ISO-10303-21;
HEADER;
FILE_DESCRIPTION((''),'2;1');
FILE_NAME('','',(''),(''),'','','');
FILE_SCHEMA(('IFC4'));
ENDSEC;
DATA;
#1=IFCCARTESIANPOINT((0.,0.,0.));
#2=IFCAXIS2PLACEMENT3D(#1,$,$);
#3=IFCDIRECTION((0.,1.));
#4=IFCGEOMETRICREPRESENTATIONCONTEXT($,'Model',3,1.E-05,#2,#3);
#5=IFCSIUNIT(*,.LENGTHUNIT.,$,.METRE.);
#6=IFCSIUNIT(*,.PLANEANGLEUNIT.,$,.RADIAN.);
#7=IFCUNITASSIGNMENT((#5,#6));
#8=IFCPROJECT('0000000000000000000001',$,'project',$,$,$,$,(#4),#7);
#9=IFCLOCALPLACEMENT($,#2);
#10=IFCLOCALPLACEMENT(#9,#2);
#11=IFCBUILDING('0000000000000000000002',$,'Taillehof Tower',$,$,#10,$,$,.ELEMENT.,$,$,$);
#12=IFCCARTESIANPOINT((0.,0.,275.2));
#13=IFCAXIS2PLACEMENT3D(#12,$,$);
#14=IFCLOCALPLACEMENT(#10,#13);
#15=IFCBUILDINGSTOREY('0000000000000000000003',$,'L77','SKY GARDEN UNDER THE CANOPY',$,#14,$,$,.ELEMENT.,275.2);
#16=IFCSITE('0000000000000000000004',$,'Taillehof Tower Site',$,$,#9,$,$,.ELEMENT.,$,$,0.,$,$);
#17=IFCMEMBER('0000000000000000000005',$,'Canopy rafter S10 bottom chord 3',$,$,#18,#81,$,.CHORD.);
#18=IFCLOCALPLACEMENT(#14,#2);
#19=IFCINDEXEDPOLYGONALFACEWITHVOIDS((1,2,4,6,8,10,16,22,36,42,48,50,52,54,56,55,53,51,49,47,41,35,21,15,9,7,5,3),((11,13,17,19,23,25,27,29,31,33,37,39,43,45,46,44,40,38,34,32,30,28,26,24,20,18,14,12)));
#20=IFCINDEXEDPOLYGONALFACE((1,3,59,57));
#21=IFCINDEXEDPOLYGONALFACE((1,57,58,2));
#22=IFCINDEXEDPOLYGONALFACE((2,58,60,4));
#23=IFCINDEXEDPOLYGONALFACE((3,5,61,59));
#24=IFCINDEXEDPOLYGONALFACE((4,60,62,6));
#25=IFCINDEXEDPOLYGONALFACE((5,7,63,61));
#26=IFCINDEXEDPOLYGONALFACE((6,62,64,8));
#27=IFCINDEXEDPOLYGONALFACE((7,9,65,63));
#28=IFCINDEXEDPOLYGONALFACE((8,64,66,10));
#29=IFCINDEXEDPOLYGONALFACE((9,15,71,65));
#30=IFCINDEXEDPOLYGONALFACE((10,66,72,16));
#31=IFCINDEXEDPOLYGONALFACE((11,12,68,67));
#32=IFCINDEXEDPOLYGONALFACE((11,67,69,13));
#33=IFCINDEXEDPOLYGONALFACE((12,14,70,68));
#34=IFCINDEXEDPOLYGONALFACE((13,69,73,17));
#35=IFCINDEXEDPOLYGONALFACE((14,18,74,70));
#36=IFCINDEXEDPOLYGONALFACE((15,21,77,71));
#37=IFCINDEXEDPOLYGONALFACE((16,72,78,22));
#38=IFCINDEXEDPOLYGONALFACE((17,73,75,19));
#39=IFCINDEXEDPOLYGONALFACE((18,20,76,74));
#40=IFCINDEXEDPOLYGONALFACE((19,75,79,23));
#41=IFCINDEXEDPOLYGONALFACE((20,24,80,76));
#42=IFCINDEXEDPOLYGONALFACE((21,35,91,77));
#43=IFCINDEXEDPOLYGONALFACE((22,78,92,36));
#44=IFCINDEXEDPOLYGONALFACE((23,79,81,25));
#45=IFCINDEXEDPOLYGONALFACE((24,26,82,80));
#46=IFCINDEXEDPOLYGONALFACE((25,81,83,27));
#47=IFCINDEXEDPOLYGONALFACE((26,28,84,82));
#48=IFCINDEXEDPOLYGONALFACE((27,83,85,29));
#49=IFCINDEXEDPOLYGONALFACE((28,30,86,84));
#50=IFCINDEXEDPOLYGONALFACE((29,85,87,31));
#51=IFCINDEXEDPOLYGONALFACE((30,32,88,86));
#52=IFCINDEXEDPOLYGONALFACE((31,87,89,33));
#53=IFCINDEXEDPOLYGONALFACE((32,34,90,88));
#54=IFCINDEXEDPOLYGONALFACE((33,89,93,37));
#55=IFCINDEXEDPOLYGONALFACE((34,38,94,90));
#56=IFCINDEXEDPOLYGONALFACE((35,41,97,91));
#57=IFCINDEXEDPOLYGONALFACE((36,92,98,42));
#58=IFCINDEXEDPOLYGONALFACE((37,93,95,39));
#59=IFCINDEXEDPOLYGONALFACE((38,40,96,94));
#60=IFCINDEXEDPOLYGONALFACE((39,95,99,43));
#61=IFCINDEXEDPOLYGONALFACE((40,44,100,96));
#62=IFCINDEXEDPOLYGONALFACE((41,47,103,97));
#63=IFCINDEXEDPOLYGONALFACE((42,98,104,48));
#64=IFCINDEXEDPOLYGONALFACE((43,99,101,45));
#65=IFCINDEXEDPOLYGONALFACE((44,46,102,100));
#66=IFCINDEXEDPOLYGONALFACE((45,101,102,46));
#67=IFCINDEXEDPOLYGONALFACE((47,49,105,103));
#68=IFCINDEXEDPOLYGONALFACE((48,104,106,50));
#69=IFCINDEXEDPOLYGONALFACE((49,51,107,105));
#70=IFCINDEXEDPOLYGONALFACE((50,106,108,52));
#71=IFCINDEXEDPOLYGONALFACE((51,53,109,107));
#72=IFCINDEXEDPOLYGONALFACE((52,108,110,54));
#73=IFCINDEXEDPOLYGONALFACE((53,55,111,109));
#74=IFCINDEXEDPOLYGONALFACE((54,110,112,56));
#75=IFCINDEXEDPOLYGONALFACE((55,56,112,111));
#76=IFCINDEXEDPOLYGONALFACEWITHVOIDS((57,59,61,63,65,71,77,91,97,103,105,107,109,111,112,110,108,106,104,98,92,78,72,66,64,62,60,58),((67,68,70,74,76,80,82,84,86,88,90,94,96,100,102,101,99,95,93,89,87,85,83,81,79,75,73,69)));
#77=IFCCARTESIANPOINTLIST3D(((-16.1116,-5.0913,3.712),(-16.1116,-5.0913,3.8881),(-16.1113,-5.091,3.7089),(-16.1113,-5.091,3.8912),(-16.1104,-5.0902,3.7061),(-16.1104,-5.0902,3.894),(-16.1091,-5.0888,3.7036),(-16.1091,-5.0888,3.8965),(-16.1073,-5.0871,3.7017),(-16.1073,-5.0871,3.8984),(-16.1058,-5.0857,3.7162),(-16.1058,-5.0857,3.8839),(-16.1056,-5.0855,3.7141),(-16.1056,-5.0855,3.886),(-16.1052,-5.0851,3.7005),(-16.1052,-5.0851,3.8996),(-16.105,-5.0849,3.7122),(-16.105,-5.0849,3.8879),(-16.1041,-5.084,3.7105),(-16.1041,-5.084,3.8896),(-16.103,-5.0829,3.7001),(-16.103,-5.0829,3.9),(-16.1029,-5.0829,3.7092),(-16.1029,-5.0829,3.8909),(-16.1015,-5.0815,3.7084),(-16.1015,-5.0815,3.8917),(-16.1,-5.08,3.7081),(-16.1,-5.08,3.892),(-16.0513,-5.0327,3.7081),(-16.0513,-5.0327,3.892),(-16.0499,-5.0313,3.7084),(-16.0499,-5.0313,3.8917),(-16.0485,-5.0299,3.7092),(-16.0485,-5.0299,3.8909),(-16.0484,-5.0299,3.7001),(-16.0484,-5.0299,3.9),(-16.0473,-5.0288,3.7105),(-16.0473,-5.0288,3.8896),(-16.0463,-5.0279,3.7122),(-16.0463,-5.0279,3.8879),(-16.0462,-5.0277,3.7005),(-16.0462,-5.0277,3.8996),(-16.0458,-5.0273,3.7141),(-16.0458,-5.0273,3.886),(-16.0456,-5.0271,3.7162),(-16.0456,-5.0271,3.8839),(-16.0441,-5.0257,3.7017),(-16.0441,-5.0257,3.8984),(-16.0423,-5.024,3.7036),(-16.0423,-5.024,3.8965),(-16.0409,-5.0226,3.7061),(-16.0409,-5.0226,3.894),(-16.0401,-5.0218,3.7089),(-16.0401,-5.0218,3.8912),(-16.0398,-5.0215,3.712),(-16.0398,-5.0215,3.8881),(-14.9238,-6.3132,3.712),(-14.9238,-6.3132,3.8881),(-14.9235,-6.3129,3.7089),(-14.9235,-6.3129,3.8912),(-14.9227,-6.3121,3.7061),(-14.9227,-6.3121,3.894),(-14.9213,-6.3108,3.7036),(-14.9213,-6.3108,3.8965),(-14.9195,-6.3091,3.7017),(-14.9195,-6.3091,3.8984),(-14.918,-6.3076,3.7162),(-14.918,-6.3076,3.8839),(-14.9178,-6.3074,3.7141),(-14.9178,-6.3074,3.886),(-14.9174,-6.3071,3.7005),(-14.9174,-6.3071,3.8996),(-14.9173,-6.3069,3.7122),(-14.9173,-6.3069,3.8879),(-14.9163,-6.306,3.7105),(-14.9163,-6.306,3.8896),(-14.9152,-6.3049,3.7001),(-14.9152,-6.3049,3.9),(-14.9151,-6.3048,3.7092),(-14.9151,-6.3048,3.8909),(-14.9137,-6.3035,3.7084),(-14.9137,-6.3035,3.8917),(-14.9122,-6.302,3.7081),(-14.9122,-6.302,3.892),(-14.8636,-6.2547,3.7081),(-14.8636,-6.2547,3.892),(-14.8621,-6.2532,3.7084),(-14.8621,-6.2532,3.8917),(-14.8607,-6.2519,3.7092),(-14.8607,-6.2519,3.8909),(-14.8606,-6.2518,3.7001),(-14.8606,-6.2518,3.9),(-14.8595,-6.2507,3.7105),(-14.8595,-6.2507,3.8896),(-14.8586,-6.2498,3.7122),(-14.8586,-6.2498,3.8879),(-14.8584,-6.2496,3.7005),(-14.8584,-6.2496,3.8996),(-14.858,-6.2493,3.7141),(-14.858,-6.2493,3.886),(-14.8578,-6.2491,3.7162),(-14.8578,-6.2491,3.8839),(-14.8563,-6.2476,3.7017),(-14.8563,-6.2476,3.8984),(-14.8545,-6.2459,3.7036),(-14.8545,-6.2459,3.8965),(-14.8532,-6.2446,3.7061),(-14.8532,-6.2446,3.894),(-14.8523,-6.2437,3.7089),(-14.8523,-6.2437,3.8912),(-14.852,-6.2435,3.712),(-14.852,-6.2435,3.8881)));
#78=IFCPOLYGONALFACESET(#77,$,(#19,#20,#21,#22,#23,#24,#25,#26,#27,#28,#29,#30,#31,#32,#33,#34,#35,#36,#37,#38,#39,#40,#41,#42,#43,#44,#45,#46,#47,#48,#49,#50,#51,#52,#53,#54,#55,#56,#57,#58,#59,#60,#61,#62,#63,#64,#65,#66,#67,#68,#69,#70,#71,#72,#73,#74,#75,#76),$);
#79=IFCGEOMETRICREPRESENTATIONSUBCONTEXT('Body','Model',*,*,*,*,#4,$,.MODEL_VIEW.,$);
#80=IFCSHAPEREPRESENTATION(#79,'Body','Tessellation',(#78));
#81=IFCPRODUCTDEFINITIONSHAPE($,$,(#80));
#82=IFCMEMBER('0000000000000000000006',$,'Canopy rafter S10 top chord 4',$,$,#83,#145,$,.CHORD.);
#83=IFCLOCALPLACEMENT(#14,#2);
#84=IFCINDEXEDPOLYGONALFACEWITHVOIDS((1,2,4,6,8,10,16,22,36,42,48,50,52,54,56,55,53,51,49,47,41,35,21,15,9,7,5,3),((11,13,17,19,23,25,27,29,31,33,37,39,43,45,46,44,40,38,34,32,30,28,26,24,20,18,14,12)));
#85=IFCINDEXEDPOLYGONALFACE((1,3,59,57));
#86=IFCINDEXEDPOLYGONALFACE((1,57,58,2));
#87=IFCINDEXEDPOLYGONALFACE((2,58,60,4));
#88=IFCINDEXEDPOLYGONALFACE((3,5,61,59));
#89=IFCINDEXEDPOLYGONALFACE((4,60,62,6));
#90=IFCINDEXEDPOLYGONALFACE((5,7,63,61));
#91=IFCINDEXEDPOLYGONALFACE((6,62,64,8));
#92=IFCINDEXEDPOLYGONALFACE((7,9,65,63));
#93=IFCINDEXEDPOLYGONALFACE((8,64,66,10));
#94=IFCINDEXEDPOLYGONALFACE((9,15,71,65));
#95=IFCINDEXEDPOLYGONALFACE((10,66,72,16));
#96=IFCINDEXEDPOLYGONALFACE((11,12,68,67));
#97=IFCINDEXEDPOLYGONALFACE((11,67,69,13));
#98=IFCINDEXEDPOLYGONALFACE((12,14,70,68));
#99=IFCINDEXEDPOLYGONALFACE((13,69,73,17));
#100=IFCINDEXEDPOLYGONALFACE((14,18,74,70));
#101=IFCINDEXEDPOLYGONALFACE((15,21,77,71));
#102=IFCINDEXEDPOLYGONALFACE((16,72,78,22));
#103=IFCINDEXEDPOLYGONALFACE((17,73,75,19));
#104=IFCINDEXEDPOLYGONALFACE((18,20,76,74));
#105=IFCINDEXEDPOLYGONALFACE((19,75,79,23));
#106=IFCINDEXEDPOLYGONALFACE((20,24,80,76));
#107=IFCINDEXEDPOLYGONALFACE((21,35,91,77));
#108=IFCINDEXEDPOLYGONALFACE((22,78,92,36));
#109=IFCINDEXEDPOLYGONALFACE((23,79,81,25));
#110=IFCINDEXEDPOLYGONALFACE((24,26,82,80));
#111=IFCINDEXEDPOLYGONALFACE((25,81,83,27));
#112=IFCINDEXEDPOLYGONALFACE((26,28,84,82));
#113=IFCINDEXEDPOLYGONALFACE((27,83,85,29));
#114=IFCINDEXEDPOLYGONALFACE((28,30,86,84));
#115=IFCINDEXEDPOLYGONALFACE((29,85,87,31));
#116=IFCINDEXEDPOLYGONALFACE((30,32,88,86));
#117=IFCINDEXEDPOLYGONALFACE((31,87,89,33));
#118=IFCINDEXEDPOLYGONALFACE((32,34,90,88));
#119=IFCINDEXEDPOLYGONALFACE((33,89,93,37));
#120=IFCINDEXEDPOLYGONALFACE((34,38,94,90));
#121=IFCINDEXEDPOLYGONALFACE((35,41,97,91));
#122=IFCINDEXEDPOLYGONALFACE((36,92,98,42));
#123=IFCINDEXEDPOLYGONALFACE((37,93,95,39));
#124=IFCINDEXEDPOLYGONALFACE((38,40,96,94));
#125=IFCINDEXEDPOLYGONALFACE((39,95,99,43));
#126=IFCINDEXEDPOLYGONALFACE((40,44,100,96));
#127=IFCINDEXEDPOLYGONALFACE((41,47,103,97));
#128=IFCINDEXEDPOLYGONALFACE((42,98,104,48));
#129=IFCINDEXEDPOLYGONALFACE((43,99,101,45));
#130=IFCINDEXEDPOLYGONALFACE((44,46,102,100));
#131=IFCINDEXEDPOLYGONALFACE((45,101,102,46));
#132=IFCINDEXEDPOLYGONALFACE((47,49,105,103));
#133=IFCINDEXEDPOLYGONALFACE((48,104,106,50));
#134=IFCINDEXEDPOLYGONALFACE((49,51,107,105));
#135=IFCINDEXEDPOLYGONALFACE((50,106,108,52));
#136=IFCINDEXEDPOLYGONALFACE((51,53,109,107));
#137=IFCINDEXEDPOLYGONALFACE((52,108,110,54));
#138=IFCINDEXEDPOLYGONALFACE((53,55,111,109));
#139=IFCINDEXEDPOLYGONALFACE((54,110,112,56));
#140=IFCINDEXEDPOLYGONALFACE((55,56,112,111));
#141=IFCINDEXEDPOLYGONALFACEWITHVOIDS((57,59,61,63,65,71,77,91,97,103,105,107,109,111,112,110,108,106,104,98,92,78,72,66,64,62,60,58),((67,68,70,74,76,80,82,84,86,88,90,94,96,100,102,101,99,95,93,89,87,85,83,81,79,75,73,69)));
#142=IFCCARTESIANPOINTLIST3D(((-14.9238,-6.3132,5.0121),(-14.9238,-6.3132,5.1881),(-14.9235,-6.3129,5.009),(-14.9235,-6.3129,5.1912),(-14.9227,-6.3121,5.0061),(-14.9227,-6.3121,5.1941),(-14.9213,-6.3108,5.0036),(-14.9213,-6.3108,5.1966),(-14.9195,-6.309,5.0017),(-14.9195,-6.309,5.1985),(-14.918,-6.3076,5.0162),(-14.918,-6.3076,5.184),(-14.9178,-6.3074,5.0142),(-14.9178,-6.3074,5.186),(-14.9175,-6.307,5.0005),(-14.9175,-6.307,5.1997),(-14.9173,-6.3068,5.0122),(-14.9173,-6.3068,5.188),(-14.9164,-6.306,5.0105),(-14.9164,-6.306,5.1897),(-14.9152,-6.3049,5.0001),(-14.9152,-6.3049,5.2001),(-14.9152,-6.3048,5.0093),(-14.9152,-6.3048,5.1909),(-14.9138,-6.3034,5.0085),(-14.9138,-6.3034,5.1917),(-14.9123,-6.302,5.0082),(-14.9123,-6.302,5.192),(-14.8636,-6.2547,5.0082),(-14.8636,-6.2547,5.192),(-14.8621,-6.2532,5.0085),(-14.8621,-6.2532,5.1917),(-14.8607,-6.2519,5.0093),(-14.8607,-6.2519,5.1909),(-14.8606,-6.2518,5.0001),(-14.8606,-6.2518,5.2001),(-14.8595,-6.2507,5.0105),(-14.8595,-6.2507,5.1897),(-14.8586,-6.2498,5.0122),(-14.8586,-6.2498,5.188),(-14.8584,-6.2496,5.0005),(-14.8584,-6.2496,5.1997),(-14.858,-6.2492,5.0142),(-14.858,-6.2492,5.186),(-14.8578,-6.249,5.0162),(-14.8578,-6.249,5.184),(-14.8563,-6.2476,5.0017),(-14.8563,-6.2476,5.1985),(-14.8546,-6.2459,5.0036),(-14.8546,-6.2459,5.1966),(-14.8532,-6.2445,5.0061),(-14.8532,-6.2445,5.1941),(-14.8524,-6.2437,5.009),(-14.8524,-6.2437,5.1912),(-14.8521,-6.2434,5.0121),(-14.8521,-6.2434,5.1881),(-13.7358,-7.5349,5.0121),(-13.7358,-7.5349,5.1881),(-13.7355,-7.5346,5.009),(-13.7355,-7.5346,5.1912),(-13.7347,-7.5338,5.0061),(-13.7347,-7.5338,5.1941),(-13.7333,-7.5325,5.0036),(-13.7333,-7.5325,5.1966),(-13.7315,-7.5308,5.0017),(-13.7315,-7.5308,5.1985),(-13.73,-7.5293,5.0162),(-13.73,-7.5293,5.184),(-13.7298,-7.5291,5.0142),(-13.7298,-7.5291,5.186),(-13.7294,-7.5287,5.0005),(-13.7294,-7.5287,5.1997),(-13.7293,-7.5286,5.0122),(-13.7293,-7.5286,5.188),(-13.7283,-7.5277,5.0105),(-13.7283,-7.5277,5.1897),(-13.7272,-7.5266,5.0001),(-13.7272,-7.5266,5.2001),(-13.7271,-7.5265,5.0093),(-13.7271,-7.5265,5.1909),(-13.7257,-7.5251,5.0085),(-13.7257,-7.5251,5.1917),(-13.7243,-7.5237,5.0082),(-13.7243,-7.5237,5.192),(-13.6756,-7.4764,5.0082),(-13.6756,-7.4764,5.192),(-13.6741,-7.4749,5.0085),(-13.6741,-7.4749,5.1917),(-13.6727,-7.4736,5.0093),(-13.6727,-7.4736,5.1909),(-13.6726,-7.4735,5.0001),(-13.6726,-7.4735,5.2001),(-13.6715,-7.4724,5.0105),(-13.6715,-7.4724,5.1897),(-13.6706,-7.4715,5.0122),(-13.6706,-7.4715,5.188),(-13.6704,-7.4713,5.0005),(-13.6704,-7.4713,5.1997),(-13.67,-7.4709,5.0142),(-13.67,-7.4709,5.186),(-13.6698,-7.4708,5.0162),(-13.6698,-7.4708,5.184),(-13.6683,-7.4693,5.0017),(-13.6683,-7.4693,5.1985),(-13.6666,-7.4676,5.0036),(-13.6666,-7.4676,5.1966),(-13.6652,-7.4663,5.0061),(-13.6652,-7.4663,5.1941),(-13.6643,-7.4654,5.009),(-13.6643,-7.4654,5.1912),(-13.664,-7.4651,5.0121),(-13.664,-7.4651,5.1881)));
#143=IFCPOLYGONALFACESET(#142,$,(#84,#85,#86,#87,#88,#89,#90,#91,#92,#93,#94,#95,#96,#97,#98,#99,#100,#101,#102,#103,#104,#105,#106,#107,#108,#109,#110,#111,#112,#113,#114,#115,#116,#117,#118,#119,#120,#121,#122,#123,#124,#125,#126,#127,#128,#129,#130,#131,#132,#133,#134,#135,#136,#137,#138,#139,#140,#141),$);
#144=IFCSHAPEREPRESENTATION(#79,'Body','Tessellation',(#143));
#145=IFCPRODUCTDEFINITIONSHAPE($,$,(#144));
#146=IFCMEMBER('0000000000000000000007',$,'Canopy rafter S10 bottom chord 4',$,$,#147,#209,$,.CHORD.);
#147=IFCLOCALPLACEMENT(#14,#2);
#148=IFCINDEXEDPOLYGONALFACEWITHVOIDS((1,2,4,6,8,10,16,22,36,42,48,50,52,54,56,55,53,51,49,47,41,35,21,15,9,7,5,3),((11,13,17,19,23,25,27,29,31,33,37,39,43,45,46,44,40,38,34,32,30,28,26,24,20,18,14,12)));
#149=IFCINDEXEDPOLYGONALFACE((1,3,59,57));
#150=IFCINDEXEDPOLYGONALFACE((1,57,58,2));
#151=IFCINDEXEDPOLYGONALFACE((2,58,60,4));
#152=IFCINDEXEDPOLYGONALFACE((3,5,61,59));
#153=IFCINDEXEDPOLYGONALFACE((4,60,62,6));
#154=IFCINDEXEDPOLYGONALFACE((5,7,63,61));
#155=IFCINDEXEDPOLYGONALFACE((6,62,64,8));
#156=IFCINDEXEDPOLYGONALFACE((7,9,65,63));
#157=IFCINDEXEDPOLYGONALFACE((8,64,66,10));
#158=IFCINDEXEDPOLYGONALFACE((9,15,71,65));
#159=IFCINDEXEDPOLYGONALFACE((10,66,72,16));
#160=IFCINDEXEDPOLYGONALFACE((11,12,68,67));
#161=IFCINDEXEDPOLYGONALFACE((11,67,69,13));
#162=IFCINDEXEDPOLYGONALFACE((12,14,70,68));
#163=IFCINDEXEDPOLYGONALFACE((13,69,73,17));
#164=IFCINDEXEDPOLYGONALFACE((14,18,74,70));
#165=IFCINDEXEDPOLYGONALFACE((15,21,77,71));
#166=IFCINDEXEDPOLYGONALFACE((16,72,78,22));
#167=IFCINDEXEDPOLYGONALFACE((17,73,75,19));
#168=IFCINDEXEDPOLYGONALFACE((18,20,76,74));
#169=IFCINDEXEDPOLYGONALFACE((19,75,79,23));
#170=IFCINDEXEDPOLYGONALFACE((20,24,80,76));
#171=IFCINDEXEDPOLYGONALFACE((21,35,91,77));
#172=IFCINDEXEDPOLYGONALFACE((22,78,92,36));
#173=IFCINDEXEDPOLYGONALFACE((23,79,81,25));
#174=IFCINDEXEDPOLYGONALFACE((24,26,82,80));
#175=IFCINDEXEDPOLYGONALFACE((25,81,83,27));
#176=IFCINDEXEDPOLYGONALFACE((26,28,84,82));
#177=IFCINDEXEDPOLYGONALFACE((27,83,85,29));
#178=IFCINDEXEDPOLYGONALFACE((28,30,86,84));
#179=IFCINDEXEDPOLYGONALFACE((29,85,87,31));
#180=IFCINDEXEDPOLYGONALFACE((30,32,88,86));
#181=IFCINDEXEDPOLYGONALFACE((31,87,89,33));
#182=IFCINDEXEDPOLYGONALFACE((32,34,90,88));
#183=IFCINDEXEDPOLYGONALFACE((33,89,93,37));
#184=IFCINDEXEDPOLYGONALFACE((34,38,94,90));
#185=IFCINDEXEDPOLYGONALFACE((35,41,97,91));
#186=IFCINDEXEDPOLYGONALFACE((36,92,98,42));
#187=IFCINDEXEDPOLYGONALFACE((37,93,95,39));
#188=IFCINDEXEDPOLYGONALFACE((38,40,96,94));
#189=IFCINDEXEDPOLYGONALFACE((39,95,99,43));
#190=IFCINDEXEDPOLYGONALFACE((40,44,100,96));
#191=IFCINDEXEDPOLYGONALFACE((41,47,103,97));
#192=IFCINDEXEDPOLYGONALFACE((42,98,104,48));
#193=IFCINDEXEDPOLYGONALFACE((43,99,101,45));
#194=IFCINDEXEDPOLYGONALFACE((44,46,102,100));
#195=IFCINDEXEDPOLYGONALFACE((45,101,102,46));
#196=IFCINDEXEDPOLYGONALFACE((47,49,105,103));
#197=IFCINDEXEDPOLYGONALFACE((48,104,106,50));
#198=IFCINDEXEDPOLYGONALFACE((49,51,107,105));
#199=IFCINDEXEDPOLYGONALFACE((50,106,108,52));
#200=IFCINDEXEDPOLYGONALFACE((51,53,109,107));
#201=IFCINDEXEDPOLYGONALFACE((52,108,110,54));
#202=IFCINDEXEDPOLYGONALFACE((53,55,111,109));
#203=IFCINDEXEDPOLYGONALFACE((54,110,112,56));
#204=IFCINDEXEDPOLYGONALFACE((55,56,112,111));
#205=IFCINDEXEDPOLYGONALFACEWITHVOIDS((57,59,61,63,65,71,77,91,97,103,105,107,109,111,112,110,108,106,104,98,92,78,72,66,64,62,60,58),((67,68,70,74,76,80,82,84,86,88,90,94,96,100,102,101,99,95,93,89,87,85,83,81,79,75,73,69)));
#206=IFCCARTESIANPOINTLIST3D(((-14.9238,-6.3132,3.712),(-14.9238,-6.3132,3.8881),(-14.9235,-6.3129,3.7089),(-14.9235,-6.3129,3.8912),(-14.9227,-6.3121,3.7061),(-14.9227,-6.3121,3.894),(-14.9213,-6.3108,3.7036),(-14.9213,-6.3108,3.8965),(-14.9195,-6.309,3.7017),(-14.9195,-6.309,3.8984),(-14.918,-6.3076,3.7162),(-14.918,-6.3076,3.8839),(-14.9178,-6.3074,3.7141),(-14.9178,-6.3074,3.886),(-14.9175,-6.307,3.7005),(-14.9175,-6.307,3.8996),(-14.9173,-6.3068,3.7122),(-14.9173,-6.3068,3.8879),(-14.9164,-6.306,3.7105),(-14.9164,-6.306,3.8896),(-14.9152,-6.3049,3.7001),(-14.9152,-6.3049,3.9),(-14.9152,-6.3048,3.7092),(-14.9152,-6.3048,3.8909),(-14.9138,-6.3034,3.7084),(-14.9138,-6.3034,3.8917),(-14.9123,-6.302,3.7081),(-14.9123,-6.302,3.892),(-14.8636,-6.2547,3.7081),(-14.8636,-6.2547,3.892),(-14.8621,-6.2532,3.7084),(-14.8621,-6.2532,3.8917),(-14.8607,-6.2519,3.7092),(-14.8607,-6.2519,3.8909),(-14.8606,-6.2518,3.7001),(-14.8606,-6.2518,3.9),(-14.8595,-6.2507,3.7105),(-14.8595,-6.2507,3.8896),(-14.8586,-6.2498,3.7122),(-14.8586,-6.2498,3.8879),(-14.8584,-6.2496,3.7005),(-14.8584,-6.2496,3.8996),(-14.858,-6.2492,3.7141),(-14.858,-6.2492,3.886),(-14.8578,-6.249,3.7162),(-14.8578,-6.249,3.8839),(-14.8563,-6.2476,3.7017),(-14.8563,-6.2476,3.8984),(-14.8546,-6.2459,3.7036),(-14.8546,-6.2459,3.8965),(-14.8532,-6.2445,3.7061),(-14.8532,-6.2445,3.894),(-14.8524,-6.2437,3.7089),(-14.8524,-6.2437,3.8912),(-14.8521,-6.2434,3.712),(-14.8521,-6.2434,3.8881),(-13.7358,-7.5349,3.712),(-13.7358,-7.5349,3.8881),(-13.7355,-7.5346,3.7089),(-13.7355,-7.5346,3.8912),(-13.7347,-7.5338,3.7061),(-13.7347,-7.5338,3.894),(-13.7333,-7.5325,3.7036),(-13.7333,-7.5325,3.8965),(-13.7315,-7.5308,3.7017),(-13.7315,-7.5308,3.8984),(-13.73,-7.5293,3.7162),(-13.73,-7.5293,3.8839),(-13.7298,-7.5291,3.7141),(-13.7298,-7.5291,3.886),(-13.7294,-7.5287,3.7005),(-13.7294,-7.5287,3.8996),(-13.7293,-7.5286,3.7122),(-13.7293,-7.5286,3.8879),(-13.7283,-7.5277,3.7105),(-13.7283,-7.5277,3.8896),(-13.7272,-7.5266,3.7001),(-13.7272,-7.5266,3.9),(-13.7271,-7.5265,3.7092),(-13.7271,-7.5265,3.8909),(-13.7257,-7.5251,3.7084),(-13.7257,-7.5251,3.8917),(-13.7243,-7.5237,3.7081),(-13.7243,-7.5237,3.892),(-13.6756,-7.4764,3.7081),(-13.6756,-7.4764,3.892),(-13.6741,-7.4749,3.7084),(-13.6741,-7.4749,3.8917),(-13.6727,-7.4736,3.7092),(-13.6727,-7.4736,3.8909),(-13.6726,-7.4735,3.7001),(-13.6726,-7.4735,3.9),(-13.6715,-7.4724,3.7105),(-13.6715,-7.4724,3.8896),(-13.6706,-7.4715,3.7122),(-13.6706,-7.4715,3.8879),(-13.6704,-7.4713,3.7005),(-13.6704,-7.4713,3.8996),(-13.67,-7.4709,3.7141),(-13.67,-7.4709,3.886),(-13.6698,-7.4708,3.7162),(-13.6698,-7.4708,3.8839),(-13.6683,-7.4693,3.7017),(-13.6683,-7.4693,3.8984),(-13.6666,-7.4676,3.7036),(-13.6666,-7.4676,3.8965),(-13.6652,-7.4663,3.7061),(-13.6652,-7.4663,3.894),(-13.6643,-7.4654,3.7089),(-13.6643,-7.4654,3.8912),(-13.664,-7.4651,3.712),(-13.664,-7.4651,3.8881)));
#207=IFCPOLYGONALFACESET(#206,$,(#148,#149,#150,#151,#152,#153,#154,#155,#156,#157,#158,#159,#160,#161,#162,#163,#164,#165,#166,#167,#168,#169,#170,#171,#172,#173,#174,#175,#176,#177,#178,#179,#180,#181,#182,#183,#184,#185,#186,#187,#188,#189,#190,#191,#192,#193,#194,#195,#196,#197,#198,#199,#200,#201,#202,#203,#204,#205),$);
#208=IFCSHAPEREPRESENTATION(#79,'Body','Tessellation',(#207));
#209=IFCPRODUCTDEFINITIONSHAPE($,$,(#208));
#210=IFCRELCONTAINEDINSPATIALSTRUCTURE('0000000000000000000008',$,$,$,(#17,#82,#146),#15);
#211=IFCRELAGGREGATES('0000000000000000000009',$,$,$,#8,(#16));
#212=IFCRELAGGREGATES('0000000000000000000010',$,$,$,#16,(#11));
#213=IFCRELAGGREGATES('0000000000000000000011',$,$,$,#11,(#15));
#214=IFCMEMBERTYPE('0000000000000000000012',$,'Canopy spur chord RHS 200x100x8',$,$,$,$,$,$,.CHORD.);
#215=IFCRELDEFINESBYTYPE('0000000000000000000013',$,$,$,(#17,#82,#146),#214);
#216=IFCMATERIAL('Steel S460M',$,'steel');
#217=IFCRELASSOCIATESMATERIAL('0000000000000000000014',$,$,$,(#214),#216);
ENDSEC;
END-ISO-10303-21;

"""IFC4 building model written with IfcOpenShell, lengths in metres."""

from ifc_helpers import new_model, si_unit, direction, frame, origin, origin_2d, place, context, subcontext, project, spatial, hollow_rectangle, extrude, material, material_profile, profile_set, type_object, element, save


model = new_model("IFC4")

# Units and contexts
model_context = context("Model", 3, precision=1e-05, world=origin(), true_north=direction((0.0, 1.0)))
body_context = subcontext(model_context, "Body", "Model", "MODEL_VIEW")
ifc_project = project(units=[si_unit("LENGTHUNIT", "METRE"), si_unit("PLANEANGLEUNIT", "RADIAN")], contexts=[model_context])

# Site, building, storey
site_placement = place(None, origin())
site = spatial("IfcSite", under=ifc_project, at=site_placement, Name="Taillehof Tower Site", CompositionType="ELEMENT", RefElevation=0.0)
building_placement = place(site_placement, origin())
building = spatial("IfcBuilding", under=site, at=building_placement, Name="Taillehof Tower", CompositionType="ELEMENT")
storey_placement = place(building_placement, frame((0.0, 0.0, 275.2)))
storey = spatial("IfcBuildingStorey", under=building, at=storey_placement, Name="L77", Description="SKY GARDEN UNDER THE CANOPY", CompositionType="ELEMENT", Elevation=275.2)

# Members
ifc_material_1 = material(Name="Steel S460M", Category="steel")
ifc_material_profile_1 = material_profile(ifc_material_1, hollow_rectangle(XDim=0.1001, YDim=0.2, WallThickness=0.0081, InnerFilletRadius=0.0081, OuterFilletRadius=0.012, at=origin_2d()), Name="RHS 200x100x8")
ifc_profile_set_1 = profile_set([ifc_material_profile_1], Name="Steel S460M")
member_type_1 = type_object("IfcMemberType", Name="Canopy spur chord RHS 200x100x8", PredefinedType="CHORD", material=ifc_profile_set_1)
for number, where, z_axis, x_axis, name in (
    (1, (-16.0757, -5.0564, 3.8), (0.697007, -0.717065, 0.0), (0.717065, 0.697007, 0.0), "Canopy rafter S10 bottom chord 3"),
    (2, (-14.8879, -6.2783, 5.1001), (0.697152, -0.716923, 0.0), (0.716923, 0.697152, 0.0), "Canopy rafter S10 top chord 4"),
    (3, (-14.8879, -6.2783, 3.8), (0.697152, -0.716923, 0.0), (0.716923, 0.697152, 0.0), "Canopy rafter S10 bottom chord 4"),
):
    element("IfcMember", number, at=place(storey_placement, frame(where, z_axis=z_axis, x_axis=x_axis)), inside=storey, type_object=member_type_1, Name=name, PredefinedType="CHORD", context=body_context, shape_type="SweptSolid", body=[
        extrude(hollow_rectangle(XDim=0.1001, YDim=0.2, WallThickness=0.0081, InnerFilletRadius=0.0081, OuterFilletRadius=0.012, at=origin_2d()), origin(), (0.0, 0.0, 1.0), 1.7041),
    ])

save(model, "model.ifc")
